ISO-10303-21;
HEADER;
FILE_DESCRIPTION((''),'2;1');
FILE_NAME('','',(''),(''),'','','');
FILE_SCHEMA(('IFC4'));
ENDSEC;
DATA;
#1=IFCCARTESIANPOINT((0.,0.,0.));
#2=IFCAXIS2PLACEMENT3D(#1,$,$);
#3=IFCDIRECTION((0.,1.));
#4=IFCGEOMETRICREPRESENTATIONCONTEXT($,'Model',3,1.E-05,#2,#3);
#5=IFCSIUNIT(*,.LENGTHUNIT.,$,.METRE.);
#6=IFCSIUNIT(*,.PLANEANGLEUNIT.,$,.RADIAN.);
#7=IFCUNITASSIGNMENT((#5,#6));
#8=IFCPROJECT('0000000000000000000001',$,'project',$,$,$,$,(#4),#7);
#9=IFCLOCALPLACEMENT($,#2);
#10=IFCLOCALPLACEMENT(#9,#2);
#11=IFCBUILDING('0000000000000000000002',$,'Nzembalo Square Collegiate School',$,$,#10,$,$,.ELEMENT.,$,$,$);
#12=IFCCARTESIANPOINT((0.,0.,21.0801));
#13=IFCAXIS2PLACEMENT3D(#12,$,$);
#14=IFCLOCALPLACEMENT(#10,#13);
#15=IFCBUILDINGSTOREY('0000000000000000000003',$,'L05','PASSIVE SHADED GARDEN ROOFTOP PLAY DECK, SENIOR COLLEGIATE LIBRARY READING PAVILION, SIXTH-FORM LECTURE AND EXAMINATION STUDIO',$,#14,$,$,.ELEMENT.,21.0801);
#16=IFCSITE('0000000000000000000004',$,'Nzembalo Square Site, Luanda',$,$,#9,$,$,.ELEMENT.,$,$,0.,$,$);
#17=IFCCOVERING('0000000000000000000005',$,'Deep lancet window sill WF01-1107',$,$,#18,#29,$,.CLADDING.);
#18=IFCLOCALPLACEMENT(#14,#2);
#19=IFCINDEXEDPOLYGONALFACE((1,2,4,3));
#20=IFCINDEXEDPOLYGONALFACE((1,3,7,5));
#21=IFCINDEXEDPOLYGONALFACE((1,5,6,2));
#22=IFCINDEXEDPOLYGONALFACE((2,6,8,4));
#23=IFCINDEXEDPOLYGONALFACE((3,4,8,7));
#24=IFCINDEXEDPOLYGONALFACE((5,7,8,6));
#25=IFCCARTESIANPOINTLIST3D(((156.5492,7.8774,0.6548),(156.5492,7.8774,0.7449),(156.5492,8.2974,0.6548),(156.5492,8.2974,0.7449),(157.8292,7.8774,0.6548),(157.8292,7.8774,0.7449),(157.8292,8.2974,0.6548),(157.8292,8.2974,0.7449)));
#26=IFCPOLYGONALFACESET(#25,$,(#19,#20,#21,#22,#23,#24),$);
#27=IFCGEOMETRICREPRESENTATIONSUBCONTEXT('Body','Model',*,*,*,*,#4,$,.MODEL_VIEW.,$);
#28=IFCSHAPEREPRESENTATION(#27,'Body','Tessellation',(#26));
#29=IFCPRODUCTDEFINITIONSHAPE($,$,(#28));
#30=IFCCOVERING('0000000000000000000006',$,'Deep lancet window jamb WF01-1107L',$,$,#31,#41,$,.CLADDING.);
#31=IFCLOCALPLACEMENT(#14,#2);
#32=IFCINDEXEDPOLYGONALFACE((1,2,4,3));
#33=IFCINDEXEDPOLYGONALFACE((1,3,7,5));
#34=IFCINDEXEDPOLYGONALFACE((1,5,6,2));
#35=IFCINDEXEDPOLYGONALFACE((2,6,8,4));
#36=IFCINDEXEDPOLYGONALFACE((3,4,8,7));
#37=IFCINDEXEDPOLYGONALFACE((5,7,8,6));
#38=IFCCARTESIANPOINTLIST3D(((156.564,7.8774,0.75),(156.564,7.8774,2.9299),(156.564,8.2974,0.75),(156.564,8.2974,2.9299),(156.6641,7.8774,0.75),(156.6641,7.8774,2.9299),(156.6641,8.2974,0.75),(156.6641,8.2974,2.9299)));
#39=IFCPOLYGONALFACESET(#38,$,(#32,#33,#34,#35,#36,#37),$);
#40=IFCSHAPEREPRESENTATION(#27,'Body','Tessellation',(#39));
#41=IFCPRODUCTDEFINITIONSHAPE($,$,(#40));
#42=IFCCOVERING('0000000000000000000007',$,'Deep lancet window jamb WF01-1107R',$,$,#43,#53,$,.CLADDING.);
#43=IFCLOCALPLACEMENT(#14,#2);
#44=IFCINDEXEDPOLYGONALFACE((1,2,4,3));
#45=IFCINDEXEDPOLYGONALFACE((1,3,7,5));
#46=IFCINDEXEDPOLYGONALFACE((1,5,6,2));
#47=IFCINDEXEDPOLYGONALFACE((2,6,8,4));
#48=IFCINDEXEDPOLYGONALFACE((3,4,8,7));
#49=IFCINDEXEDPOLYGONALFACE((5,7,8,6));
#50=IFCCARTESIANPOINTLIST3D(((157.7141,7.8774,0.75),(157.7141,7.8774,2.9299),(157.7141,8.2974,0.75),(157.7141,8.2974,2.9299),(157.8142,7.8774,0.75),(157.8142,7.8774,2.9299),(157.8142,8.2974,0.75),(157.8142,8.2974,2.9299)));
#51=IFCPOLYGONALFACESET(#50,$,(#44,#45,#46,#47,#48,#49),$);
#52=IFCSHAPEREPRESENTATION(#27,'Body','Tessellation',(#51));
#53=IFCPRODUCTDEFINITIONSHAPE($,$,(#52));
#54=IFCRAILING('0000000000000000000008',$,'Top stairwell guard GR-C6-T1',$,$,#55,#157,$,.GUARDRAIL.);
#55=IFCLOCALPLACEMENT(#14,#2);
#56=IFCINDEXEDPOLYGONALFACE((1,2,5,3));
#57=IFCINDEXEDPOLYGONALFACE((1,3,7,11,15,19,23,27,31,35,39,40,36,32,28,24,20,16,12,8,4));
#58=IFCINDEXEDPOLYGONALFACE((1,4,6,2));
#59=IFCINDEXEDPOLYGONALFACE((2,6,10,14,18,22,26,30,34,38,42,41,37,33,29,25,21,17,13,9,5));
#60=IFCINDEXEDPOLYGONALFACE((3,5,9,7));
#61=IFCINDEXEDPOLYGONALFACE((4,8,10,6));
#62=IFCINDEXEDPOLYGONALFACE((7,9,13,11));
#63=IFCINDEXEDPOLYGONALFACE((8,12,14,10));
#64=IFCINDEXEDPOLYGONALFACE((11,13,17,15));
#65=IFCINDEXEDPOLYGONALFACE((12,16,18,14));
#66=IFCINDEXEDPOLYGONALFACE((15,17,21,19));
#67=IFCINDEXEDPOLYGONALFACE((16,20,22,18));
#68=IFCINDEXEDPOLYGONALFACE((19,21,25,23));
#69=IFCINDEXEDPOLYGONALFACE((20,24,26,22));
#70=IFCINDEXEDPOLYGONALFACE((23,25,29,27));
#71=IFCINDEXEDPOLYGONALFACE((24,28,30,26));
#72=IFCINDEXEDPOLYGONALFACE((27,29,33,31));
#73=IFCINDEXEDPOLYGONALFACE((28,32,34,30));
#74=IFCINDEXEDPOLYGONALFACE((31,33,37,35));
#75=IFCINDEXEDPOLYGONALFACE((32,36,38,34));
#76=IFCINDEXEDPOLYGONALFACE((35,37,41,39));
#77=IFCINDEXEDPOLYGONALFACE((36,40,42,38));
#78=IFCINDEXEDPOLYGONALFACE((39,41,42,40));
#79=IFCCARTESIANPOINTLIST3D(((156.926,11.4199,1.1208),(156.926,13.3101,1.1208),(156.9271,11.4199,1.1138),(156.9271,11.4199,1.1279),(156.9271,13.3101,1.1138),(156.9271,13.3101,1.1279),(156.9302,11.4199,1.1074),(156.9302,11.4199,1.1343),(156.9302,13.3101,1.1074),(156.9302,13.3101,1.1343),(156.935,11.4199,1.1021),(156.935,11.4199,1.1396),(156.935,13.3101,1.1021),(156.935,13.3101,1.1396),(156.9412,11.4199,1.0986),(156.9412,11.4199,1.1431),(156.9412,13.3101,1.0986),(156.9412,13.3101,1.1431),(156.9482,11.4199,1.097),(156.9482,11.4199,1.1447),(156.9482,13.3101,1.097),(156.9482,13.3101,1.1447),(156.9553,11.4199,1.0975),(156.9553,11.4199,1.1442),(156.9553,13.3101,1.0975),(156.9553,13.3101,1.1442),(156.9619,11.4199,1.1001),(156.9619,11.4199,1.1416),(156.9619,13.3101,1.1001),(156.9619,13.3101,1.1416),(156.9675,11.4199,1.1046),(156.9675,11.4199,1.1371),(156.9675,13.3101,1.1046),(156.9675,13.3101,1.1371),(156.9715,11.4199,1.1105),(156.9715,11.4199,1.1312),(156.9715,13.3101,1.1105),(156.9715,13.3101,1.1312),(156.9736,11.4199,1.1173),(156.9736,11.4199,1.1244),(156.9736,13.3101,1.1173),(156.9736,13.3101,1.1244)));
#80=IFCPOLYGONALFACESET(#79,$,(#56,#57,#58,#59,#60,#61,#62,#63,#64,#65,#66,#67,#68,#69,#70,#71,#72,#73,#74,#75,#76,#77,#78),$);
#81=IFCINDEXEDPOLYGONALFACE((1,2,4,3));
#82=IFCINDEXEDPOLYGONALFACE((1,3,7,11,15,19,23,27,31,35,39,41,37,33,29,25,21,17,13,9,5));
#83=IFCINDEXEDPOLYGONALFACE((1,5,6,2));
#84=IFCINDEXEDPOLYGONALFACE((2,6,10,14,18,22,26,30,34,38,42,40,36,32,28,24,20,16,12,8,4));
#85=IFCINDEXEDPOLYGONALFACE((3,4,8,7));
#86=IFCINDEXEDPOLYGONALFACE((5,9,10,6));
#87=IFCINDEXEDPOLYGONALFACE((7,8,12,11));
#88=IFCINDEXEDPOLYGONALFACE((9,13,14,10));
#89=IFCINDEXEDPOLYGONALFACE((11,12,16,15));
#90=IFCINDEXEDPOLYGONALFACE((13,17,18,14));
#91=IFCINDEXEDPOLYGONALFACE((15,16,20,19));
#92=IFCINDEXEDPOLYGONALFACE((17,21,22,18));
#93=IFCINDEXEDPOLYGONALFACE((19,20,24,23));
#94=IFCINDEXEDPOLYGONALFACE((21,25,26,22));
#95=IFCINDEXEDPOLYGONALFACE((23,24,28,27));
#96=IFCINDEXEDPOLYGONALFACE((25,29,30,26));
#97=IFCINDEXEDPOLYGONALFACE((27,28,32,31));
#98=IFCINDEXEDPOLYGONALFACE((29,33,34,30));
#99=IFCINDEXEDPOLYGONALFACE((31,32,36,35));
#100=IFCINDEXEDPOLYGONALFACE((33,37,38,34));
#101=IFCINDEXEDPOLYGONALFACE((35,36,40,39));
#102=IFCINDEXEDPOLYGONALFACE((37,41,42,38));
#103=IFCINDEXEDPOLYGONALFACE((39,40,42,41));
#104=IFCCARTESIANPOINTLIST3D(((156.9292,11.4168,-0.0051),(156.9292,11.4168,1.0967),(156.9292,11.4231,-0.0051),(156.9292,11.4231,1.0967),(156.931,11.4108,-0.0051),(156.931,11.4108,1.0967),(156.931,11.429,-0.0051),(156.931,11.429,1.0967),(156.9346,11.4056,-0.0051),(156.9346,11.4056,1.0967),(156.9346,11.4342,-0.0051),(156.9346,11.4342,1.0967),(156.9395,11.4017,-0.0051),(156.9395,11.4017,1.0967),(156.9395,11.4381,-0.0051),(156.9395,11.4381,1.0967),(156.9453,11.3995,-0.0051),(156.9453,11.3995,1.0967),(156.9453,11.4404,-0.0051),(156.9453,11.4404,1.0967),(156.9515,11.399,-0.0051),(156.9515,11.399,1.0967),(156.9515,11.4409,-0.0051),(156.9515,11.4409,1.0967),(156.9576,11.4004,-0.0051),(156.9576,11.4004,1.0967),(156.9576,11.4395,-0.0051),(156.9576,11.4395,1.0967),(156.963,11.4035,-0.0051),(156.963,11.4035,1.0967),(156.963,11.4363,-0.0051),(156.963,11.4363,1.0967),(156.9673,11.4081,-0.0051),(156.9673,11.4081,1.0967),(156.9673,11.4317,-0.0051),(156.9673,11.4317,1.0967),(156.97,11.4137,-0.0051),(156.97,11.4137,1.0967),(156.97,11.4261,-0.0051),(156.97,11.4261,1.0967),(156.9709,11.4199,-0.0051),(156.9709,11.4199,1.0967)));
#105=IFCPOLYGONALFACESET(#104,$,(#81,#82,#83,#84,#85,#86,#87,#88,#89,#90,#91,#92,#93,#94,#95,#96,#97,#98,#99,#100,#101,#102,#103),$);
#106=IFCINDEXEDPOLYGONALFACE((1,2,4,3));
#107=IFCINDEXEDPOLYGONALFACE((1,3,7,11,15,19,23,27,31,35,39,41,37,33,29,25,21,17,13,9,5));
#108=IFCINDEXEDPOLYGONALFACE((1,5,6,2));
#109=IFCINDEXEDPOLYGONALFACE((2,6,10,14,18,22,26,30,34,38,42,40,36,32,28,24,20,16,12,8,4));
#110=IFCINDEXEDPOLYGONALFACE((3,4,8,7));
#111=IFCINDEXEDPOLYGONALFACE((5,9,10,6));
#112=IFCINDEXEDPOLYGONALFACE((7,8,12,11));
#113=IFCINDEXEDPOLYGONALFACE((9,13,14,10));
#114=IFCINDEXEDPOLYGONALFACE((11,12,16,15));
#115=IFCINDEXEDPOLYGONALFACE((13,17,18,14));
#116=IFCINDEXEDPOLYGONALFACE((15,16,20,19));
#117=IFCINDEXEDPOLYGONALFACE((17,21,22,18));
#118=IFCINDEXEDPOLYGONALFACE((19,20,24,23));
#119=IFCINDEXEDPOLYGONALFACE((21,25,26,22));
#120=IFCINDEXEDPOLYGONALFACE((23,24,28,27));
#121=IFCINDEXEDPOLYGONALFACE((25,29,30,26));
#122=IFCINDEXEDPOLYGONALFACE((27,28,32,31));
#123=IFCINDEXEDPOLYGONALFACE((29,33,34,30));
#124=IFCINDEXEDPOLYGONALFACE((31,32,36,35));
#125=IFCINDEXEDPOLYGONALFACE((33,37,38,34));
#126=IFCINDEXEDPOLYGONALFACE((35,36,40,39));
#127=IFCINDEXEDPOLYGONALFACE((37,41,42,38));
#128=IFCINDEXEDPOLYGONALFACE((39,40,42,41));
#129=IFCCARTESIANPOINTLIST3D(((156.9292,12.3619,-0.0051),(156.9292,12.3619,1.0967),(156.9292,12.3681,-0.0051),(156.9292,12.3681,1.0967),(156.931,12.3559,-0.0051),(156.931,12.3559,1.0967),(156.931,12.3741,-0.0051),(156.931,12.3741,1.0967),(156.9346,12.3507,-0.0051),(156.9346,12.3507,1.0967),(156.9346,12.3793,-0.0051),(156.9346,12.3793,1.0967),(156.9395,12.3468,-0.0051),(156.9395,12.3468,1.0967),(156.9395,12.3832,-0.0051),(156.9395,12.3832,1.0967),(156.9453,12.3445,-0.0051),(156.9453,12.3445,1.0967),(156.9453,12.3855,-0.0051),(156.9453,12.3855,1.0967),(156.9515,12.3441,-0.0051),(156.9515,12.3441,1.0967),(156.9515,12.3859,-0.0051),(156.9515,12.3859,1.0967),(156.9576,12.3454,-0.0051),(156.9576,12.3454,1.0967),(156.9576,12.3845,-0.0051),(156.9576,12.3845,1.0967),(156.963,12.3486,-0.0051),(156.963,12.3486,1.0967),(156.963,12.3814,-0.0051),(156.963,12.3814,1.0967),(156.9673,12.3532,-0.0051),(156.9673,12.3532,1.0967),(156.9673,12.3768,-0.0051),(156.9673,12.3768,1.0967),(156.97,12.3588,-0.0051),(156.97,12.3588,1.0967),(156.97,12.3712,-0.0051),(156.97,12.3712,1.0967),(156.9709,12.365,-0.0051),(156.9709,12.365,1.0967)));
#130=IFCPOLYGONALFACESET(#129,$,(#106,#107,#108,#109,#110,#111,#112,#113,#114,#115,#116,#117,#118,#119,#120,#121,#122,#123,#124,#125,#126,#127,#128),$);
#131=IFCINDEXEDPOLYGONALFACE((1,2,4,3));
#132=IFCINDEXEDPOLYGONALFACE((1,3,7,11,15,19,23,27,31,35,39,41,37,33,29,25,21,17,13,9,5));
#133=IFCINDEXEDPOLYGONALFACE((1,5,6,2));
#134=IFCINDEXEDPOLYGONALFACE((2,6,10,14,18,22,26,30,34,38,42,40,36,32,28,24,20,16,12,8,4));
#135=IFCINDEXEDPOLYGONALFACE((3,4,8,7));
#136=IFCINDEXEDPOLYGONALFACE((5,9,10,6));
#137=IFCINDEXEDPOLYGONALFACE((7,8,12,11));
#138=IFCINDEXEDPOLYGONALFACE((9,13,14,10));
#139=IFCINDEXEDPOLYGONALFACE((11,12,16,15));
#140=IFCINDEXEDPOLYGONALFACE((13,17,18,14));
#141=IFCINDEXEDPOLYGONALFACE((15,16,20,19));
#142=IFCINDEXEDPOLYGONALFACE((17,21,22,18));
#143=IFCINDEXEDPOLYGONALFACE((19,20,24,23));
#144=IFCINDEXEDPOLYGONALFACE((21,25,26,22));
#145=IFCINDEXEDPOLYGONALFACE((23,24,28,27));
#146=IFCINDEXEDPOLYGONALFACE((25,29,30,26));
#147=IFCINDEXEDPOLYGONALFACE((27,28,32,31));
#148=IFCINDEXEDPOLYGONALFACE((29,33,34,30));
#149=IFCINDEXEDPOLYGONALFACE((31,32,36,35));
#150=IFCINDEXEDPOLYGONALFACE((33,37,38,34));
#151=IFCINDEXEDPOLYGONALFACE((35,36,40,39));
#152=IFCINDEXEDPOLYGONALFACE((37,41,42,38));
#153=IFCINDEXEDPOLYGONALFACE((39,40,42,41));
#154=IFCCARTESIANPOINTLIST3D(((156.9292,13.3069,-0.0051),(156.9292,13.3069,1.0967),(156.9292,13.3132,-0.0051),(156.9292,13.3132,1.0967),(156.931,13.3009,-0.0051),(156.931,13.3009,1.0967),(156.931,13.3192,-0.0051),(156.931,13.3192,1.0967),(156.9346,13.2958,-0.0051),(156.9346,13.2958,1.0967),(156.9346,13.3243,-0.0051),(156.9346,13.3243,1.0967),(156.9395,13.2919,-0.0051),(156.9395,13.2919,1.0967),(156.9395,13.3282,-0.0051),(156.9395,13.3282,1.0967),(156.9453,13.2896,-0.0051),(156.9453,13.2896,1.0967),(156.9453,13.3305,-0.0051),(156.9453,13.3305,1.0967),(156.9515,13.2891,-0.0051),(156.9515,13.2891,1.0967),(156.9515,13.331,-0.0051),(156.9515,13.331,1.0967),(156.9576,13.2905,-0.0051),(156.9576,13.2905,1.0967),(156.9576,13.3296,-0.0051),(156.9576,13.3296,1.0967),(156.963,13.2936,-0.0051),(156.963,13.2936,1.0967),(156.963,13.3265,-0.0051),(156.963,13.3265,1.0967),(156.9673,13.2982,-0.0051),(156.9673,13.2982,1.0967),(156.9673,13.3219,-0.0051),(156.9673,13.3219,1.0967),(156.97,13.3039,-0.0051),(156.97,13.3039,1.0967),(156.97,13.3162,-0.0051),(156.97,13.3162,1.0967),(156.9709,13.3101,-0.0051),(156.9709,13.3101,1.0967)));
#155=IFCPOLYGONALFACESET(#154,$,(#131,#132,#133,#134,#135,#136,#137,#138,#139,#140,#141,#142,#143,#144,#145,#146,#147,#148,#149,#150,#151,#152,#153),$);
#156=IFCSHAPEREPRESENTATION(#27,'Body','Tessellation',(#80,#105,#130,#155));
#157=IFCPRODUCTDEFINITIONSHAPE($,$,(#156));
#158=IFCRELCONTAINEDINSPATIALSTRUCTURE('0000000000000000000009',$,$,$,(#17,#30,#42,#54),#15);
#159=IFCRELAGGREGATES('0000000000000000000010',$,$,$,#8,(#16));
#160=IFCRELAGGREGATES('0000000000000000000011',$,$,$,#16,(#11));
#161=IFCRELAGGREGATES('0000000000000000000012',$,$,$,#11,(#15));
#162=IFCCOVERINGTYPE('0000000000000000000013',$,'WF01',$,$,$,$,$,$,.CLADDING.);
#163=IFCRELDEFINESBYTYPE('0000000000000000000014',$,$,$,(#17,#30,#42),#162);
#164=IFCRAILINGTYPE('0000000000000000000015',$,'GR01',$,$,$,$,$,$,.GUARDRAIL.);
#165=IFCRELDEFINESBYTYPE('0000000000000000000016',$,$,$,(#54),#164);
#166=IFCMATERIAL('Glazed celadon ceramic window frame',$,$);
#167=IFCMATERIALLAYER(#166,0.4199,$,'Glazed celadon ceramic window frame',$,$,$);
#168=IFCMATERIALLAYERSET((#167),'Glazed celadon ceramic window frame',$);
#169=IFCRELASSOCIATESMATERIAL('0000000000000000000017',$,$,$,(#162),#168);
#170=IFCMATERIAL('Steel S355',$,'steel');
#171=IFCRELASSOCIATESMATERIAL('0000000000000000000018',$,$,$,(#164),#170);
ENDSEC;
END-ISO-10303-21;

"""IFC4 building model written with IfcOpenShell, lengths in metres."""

from ifc_helpers import new_model, si_unit, direction, frame, origin, origin_2d, place, context, subcontext, project, spatial, rectangle, circle, extrude, material, layer, layer_set, type_object, element, save


model = new_model("IFC4")

# Units and contexts
model_context = context("Model", 3, precision=1e-05, world=origin(), true_north=direction((0.0, 1.0)))
body_context = subcontext(model_context, "Body", "Model", "MODEL_VIEW")
ifc_project = project(units=[si_unit("LENGTHUNIT", "METRE"), si_unit("PLANEANGLEUNIT", "RADIAN")], contexts=[model_context])

# Site, building, storey
site_placement = place(None, origin())
site = spatial("IfcSite", under=ifc_project, at=site_placement, Name="Nzembalo Square Site, Luanda", CompositionType="ELEMENT", RefElevation=0.0)
building_placement = place(site_placement, origin())
building = spatial("IfcBuilding", under=site, at=building_placement, Name="Nzembalo Square Collegiate School", CompositionType="ELEMENT")
storey_placement = place(building_placement, frame((0.0, 0.0, 21.0801)))
storey = spatial("IfcBuildingStorey", under=building, at=storey_placement, Name="L05", Description="PASSIVE SHADED GARDEN ROOFTOP PLAY DECK, SENIOR COLLEGIATE LIBRARY READING PAVILION, SIXTH-FORM LECTURE AND EXAMINATION STUDIO", CompositionType="ELEMENT", Elevation=21.0801)

# Coverings
ifc_material_1 = material(Name="Glazed celadon ceramic window frame")
ifc_layer_1 = layer(ifc_material_1, 0.4199, Name="Glazed celadon ceramic window frame")
ifc_layer_set_1 = layer_set([ifc_layer_1], Name="Glazed celadon ceramic window frame")
covering_type_1 = type_object("IfcCoveringType", Name="WF01", PredefinedType="CLADDING", material=ifc_layer_set_1)
covering_1_placement = place(storey_placement, frame((157.1892, 8.0874, 0.6548), z_axis=(0.0, 0.0, 1.0), x_axis=(1.0, 0.0, 0.0)))
element("IfcCovering", 1, at=covering_1_placement, inside=storey, type_object=covering_type_1, Name="Deep lancet window sill WF01-1107", PredefinedType="CLADDING", context=body_context, shape_type="SweptSolid", body=[
    extrude(rectangle(XDim=1.28, YDim=0.4199, at=origin_2d()), origin(), (0.0, 0.0, 1.0), 0.0901),
])
for number, where, z_axis, x_axis, name in (
    (2, (156.614, 8.0874, 0.75), (0.0, 0.0, 1.0), (1.0, 0.0, 0.0), "Deep lancet window jamb WF01-1107L"),
    (3, (157.7642, 8.0874, 0.75), (0.0, 0.0, 1.0), (1.0, 0.0, 0.0), "Deep lancet window jamb WF01-1107R"),
):
    element("IfcCovering", number, at=place(storey_placement, frame(where, z_axis=z_axis, x_axis=x_axis)), inside=storey, type_object=covering_type_1, Name=name, PredefinedType="CLADDING", context=body_context, shape_type="SweptSolid", body=[
        extrude(rectangle(XDim=0.1001, YDim=0.4199, at=origin_2d()), origin(), (0.0, 0.0, 1.0), 2.1799),
    ])

# Railing
ifc_material_2 = material(Name="Steel S355", Category="steel")
railing_type = type_object("IfcRailingType", Name="GR01", PredefinedType="GUARDRAIL", material=ifc_material_2)
railing_placement = place(storey_placement, frame((156.95, 11.4199, -0.0051)))
element("IfcRailing", 4, at=railing_placement, inside=storey, type_object=railing_type, Name="Top stairwell guard GR-C6-T1", PredefinedType="GUARDRAIL", context=body_context, shape_type="SweptSolid", body=[
    extrude(circle(Radius=0.0239, at=origin_2d()), frame((0.0, 0.0, 1.126), z_axis=(0.0, 1.0, 0.0), x_axis=(-1.0, 0.0, 0.0)), (0.0, 0.0, 1.0), 1.8901),
    extrude(circle(Radius=0.021, at=origin_2d()), origin(), (0.0, 0.0, 1.0), 1.1018),
    extrude(circle(Radius=0.021, at=origin_2d()), frame((0.0, 0.9451, 0.0)), (0.0, 0.0, 1.0), 1.1018),
    extrude(circle(Radius=0.021, at=origin_2d()), frame((0.0, 1.8901, 0.0)), (0.0, 0.0, 1.0), 1.1018),
])

save(model, "model.ifc")
